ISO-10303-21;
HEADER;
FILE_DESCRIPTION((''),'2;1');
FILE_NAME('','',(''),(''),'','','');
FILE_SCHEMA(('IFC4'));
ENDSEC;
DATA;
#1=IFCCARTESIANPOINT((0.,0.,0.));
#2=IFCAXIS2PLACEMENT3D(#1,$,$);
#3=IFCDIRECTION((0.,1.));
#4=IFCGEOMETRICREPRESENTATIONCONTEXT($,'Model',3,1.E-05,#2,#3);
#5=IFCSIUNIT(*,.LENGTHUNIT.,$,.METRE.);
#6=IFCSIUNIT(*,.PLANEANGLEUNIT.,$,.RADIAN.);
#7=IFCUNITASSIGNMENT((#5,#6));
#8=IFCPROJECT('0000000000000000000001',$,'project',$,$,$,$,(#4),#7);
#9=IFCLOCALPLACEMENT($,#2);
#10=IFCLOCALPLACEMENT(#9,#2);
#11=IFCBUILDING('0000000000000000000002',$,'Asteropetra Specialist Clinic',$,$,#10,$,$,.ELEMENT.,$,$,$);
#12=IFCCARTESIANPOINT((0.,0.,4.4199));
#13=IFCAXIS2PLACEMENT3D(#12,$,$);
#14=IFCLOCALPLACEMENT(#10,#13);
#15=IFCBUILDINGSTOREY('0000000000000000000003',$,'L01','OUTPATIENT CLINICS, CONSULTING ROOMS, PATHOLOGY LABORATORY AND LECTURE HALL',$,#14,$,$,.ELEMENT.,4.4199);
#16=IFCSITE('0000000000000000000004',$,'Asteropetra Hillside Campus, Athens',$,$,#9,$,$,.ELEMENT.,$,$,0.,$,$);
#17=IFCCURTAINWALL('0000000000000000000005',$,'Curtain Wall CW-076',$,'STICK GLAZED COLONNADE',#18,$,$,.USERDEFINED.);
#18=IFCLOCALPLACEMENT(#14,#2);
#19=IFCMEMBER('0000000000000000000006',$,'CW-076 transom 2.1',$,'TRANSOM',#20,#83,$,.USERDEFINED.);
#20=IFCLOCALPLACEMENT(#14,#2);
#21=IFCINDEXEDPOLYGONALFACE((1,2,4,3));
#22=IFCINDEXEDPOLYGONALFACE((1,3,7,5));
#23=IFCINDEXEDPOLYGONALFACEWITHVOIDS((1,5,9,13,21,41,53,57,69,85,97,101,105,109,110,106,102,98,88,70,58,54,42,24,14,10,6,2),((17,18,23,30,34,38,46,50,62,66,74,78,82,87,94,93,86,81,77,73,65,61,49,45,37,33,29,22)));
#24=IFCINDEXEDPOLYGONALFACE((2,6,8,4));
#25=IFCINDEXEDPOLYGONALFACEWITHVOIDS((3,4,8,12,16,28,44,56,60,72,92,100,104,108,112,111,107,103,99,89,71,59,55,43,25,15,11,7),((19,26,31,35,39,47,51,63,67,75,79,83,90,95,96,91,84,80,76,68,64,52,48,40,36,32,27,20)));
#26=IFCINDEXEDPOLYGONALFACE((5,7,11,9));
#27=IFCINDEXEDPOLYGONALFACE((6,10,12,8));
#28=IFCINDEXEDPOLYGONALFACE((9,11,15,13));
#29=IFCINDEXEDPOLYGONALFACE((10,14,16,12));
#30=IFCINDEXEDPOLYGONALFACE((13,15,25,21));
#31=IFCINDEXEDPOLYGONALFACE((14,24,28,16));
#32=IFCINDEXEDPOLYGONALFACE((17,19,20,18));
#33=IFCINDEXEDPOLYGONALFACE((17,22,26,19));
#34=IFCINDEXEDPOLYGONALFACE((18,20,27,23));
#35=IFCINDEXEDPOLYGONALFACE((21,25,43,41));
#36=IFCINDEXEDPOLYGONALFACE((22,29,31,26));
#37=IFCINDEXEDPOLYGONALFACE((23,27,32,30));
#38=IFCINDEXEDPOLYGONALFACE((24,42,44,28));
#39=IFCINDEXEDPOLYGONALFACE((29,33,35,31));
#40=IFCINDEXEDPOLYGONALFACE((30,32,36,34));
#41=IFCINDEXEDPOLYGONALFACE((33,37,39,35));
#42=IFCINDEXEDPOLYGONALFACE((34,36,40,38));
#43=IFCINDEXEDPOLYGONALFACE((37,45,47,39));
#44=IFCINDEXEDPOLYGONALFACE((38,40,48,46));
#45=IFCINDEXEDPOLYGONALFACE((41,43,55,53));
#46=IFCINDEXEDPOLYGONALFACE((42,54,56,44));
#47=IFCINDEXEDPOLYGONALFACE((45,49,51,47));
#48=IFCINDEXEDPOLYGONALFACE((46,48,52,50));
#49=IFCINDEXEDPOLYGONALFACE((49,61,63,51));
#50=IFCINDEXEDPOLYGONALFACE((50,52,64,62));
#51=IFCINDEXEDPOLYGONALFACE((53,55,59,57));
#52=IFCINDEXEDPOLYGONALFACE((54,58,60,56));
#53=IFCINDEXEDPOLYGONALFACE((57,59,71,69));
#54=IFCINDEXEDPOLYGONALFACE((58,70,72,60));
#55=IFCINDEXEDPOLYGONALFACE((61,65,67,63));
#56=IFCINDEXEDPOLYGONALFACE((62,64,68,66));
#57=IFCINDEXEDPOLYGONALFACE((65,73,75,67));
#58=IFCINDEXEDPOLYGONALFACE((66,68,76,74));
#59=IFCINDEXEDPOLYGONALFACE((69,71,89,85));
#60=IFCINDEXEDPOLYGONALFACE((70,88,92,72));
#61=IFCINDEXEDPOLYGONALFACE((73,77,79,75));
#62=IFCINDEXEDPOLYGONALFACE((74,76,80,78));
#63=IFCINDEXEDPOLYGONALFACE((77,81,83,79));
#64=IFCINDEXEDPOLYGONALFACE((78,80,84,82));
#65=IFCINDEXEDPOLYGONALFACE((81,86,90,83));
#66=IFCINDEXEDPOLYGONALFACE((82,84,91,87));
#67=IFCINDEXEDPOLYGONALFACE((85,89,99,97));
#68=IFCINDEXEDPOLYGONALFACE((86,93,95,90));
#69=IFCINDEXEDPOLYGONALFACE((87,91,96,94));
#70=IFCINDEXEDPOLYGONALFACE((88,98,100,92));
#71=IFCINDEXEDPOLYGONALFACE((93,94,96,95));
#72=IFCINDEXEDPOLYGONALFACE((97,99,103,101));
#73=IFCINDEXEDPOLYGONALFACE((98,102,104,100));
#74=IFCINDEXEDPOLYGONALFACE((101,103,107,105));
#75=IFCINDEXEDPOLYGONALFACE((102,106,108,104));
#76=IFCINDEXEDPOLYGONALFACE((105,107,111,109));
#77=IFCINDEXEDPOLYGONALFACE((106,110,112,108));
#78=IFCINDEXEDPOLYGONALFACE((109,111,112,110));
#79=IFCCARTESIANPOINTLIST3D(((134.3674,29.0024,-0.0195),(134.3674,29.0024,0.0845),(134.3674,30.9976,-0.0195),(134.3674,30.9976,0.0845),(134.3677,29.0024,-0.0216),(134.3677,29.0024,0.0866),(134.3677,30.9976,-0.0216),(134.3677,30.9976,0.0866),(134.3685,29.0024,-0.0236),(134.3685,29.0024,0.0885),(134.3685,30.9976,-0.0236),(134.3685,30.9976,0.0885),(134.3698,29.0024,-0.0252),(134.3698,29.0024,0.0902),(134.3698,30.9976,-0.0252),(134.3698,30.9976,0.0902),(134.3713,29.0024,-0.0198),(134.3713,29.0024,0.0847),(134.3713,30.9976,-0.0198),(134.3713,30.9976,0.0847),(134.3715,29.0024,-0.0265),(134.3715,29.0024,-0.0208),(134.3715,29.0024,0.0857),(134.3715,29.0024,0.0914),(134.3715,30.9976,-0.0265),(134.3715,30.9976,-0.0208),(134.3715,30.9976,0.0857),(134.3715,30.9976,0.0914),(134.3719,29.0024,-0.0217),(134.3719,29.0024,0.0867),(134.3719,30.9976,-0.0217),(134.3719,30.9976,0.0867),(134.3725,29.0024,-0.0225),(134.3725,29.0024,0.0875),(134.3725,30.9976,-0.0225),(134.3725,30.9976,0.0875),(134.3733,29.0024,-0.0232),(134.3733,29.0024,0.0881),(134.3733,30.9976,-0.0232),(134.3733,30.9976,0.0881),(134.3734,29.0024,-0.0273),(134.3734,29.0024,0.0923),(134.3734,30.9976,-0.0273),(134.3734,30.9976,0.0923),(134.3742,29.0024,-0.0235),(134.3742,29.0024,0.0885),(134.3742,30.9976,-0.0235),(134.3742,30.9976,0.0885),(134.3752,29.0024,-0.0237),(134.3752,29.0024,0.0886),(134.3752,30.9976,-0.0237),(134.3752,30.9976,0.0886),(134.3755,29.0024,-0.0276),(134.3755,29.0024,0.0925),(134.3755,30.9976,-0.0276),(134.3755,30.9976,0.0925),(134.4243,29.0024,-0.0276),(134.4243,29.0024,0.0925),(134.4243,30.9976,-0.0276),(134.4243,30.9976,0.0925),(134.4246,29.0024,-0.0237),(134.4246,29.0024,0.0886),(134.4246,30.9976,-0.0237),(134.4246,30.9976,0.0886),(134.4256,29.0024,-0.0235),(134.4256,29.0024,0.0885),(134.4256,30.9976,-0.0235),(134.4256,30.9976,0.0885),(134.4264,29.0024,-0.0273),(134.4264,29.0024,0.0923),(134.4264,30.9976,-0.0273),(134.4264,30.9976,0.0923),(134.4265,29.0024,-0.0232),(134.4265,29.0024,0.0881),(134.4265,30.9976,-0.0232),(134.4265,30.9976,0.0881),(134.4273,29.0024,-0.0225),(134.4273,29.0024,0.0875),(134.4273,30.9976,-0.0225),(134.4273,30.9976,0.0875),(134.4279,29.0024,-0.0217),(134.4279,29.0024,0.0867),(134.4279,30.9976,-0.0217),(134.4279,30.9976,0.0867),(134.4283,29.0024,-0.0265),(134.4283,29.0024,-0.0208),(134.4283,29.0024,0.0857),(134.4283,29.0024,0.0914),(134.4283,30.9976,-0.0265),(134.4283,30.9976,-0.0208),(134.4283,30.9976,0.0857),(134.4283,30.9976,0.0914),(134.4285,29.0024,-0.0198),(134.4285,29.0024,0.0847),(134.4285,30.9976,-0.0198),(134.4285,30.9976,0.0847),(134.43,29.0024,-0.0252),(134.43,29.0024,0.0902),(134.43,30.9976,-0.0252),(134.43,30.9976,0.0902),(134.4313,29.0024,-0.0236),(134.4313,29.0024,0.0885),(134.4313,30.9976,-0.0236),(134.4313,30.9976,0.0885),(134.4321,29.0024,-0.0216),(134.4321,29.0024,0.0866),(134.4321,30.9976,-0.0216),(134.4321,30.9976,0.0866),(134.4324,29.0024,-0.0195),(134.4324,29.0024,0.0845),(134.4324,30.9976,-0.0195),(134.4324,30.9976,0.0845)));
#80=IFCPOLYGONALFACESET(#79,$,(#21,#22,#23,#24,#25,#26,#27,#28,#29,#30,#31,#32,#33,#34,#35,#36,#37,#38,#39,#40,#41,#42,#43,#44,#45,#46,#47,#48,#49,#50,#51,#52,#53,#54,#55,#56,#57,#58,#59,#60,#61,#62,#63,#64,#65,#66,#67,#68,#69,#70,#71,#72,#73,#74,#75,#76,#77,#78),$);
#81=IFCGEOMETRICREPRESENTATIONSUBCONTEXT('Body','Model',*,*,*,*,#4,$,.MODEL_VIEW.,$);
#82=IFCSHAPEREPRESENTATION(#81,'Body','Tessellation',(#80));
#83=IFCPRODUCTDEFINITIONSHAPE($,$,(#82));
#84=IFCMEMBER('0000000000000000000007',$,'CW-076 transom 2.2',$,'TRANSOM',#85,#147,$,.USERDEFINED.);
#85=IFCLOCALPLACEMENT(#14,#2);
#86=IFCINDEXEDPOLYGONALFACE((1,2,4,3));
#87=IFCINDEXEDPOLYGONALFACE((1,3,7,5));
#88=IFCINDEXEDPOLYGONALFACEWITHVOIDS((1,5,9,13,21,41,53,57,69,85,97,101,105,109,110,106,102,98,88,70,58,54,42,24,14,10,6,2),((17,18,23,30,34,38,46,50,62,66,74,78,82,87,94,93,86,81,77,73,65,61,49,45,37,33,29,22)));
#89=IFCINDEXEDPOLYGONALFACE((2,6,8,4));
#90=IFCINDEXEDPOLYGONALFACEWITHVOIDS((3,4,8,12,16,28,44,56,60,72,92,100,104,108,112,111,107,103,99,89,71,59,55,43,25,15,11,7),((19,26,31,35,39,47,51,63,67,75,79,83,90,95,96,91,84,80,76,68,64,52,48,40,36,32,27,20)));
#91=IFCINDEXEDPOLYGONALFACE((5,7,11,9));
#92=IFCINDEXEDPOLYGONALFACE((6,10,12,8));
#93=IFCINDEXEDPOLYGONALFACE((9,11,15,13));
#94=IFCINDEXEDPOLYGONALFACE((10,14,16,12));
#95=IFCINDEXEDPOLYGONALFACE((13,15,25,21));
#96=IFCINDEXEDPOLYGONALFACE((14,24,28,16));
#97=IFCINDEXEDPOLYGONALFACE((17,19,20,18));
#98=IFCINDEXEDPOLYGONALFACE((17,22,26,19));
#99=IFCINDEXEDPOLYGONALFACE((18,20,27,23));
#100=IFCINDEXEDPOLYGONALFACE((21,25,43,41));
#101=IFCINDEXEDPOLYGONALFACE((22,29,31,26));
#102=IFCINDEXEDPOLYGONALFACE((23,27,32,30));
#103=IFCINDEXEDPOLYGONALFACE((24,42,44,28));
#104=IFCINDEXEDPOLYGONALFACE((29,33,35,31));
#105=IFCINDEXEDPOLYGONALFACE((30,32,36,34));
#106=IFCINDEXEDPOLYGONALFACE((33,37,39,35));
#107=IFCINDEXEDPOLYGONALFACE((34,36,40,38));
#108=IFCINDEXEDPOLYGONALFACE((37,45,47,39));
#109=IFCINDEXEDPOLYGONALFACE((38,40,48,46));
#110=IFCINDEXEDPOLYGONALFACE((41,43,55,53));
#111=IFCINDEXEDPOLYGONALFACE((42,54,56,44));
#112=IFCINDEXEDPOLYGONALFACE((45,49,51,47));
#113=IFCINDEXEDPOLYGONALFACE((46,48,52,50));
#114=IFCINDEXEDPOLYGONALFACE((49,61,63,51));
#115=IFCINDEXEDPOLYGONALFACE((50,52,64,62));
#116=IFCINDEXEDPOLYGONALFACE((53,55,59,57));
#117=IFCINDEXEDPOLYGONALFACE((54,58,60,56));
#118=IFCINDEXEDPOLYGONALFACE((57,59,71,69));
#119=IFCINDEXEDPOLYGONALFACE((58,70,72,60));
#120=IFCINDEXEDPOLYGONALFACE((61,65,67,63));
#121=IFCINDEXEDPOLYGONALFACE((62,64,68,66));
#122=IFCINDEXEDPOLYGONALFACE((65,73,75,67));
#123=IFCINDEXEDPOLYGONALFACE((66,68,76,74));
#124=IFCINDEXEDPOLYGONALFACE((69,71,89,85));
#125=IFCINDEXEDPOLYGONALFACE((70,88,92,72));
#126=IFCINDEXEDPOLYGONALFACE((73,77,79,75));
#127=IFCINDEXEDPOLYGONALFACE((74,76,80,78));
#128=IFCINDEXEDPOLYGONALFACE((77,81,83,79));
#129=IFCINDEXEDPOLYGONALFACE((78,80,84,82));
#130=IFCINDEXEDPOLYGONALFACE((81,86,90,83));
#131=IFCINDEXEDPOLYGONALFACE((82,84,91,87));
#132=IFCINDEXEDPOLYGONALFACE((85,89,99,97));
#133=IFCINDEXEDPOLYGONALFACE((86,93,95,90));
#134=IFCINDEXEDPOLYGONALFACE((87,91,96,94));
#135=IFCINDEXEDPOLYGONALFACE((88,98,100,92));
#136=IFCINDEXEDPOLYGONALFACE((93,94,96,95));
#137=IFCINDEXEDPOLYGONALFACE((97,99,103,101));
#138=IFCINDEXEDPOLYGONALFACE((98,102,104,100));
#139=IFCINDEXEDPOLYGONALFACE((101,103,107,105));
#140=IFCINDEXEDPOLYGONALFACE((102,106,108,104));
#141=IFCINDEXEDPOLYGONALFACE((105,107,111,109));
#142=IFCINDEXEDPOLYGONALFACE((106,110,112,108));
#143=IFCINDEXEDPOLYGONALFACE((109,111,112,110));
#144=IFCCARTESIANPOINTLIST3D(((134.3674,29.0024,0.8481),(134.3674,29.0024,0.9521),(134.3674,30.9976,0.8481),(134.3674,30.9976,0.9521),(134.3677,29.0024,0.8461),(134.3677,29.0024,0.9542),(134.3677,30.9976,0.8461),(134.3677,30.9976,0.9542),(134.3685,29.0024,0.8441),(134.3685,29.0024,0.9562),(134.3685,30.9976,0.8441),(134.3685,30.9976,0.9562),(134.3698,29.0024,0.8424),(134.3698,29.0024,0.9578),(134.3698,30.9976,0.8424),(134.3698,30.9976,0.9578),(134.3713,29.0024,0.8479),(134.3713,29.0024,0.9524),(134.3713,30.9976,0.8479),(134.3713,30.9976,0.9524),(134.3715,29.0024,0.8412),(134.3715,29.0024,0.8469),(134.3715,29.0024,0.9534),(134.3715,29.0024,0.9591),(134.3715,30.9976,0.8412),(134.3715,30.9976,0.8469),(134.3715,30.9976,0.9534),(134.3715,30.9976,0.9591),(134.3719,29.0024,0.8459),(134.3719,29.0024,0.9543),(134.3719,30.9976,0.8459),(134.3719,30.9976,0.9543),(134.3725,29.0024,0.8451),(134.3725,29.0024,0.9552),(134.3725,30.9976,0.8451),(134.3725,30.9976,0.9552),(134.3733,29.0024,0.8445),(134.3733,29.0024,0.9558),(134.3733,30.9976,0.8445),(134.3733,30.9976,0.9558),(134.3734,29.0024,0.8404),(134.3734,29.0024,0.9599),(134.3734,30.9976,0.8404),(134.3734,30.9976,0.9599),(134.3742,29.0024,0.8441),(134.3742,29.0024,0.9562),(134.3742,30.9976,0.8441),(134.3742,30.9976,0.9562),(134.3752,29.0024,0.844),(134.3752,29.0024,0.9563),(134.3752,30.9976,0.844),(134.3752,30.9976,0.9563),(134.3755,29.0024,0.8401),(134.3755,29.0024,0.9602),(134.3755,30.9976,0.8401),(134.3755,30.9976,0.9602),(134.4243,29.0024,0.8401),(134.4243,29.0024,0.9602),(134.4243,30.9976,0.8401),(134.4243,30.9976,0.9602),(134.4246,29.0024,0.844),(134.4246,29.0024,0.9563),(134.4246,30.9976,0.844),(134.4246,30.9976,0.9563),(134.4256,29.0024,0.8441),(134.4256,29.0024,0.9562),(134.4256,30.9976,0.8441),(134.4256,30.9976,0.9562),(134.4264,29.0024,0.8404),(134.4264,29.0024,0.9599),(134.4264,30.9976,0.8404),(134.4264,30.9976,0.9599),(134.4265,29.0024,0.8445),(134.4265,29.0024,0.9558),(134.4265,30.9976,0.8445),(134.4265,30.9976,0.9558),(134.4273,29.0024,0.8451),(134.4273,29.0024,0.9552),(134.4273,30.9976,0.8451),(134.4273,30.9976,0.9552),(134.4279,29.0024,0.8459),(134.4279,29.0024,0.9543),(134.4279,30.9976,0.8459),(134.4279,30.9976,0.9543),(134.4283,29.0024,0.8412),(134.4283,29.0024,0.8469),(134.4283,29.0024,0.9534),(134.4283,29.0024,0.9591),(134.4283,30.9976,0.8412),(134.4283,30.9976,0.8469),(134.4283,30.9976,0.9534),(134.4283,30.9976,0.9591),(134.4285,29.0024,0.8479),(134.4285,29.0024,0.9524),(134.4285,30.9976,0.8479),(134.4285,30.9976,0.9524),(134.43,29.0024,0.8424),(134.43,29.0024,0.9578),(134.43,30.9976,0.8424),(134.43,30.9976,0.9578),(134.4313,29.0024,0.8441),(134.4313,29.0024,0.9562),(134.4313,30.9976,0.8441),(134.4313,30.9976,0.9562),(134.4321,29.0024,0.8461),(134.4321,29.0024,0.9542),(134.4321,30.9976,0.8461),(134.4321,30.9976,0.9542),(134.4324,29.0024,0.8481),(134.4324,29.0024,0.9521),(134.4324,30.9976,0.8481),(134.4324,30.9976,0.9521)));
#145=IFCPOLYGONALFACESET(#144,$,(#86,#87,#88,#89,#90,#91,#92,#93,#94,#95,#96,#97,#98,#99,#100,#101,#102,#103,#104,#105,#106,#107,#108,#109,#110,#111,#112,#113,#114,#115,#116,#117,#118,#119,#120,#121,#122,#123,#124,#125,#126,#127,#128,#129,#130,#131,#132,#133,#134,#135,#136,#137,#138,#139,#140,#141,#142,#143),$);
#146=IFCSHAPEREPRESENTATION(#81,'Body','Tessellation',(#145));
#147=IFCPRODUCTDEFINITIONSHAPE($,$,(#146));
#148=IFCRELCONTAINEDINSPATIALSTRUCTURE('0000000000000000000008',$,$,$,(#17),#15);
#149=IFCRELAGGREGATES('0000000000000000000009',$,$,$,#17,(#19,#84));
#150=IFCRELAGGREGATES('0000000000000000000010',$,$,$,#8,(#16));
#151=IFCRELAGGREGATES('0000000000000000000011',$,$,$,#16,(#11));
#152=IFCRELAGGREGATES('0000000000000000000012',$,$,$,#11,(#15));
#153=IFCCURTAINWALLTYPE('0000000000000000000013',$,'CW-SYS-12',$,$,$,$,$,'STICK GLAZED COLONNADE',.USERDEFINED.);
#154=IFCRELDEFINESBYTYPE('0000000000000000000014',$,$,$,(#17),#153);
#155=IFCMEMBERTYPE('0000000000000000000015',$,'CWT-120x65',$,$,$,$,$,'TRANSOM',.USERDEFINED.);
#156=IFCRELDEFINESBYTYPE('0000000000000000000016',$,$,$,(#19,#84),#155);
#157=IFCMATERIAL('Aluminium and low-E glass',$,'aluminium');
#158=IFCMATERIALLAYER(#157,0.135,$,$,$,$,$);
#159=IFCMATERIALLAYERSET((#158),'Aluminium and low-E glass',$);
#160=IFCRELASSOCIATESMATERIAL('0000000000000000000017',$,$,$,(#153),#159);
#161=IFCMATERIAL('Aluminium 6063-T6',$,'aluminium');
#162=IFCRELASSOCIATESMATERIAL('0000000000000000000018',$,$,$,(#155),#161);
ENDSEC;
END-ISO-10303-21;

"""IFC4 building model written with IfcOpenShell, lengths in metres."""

from ifc_helpers import new_model, si_unit, direction, frame, origin, origin_2d, place, context, subcontext, project, spatial, hollow_rectangle, extrude, material, layer, layer_set, material_profile, profile_set, type_object, element, aggregate, save


model = new_model("IFC4")

# Units and contexts
model_context = context("Model", 3, precision=1e-05, world=origin(), true_north=direction((0.0, 1.0)))
body_context = subcontext(model_context, "Body", "Model", "MODEL_VIEW")
ifc_project = project(units=[si_unit("LENGTHUNIT", "METRE"), si_unit("PLANEANGLEUNIT", "RADIAN")], contexts=[model_context])

# Site, building, storey
site_placement = place(None, origin())
site = spatial("IfcSite", under=ifc_project, at=site_placement, Name="Asteropetra Hillside Campus, Athens", CompositionType="ELEMENT", RefElevation=0.0)
building_placement = place(site_placement, origin())
building = spatial("IfcBuilding", under=site, at=building_placement, Name="Asteropetra Specialist Clinic", CompositionType="ELEMENT")
storey_placement = place(building_placement, frame((0.0, 0.0, 4.4199)))
storey = spatial("IfcBuildingStorey", under=building, at=storey_placement, Name="L01", Description="OUTPATIENT CLINICS, CONSULTING ROOMS, PATHOLOGY LABORATORY AND LECTURE HALL", CompositionType="ELEMENT", Elevation=4.4199)

# Curtain wall, members
ifc_material_1 = material(Name="Aluminium and low-E glass", Category="aluminium")
ifc_layer_1 = layer(ifc_material_1, 0.135)
ifc_layer_set_1 = layer_set([ifc_layer_1], Name="Aluminium and low-E glass")
curtain_wall_type = type_object("IfcCurtainWallType", Name="CW-SYS-12", ElementType="STICK GLAZED COLONNADE", PredefinedType="USERDEFINED", material=ifc_layer_set_1)
curtain_wall_placement = place(storey_placement, origin())
curtain_wall = element("IfcCurtainWall", 1, at=curtain_wall_placement, inside=storey, type_object=curtain_wall_type, Name="Curtain Wall CW-076", ObjectType="STICK GLAZED COLONNADE", PredefinedType="USERDEFINED")
ifc_material_2 = material(Name="Aluminium 6063-T6", Category="aluminium")
ifc_material_profile_1 = material_profile(ifc_material_2, hollow_rectangle(XDim=0.0649, YDim=0.1201, WallThickness=0.0039, InnerFilletRadius=0.0039, OuterFilletRadius=0.0081, at=origin_2d()), Name="TRN 120x65x4.0")
ifc_profile_set_1 = profile_set([ifc_material_profile_1], Name="Aluminium 6063-T6")
member_type_1 = type_object("IfcMemberType", Name="CWT-120x65", ElementType="TRANSOM", PredefinedType="USERDEFINED", material=ifc_profile_set_1)
member_1_placement = place(storey_placement, frame((134.3999, 29.0024, 0.0325), z_axis=(0.0, 1.0, 0.0), x_axis=(-1.0, 0.0, 0.0)))
member_1 = element("IfcMember", 2, at=member_1_placement, type_object=member_type_1, Name="CW-076 transom 2.1", ObjectType="TRANSOM", PredefinedType="USERDEFINED", context=body_context, shape_type="SweptSolid", body=[
    extrude(hollow_rectangle(XDim=0.0649, YDim=0.1201, WallThickness=0.0039, InnerFilletRadius=0.0039, OuterFilletRadius=0.0081, at=origin_2d()), origin(), (0.0, 0.0, 1.0), 1.9951),
])
member_2_placement = place(storey_placement, frame((134.3999, 29.0024, 0.9001), z_axis=(0.0, 1.0, 0.0), x_axis=(-1.0, 0.0, 0.0)))
member_2 = element("IfcMember", 3, at=member_2_placement, type_object=member_type_1, Name="CW-076 transom 2.2", ObjectType="TRANSOM", PredefinedType="USERDEFINED", context=body_context, shape_type="SweptSolid", body=[
    extrude(hollow_rectangle(XDim=0.0649, YDim=0.1201, WallThickness=0.0039, InnerFilletRadius=0.0039, OuterFilletRadius=0.0081, at=origin_2d()), origin(), (0.0, 0.0, 1.0), 1.9951),
])

aggregate(curtain_wall, [member_1, member_2])

save(model, "model.ifc")
